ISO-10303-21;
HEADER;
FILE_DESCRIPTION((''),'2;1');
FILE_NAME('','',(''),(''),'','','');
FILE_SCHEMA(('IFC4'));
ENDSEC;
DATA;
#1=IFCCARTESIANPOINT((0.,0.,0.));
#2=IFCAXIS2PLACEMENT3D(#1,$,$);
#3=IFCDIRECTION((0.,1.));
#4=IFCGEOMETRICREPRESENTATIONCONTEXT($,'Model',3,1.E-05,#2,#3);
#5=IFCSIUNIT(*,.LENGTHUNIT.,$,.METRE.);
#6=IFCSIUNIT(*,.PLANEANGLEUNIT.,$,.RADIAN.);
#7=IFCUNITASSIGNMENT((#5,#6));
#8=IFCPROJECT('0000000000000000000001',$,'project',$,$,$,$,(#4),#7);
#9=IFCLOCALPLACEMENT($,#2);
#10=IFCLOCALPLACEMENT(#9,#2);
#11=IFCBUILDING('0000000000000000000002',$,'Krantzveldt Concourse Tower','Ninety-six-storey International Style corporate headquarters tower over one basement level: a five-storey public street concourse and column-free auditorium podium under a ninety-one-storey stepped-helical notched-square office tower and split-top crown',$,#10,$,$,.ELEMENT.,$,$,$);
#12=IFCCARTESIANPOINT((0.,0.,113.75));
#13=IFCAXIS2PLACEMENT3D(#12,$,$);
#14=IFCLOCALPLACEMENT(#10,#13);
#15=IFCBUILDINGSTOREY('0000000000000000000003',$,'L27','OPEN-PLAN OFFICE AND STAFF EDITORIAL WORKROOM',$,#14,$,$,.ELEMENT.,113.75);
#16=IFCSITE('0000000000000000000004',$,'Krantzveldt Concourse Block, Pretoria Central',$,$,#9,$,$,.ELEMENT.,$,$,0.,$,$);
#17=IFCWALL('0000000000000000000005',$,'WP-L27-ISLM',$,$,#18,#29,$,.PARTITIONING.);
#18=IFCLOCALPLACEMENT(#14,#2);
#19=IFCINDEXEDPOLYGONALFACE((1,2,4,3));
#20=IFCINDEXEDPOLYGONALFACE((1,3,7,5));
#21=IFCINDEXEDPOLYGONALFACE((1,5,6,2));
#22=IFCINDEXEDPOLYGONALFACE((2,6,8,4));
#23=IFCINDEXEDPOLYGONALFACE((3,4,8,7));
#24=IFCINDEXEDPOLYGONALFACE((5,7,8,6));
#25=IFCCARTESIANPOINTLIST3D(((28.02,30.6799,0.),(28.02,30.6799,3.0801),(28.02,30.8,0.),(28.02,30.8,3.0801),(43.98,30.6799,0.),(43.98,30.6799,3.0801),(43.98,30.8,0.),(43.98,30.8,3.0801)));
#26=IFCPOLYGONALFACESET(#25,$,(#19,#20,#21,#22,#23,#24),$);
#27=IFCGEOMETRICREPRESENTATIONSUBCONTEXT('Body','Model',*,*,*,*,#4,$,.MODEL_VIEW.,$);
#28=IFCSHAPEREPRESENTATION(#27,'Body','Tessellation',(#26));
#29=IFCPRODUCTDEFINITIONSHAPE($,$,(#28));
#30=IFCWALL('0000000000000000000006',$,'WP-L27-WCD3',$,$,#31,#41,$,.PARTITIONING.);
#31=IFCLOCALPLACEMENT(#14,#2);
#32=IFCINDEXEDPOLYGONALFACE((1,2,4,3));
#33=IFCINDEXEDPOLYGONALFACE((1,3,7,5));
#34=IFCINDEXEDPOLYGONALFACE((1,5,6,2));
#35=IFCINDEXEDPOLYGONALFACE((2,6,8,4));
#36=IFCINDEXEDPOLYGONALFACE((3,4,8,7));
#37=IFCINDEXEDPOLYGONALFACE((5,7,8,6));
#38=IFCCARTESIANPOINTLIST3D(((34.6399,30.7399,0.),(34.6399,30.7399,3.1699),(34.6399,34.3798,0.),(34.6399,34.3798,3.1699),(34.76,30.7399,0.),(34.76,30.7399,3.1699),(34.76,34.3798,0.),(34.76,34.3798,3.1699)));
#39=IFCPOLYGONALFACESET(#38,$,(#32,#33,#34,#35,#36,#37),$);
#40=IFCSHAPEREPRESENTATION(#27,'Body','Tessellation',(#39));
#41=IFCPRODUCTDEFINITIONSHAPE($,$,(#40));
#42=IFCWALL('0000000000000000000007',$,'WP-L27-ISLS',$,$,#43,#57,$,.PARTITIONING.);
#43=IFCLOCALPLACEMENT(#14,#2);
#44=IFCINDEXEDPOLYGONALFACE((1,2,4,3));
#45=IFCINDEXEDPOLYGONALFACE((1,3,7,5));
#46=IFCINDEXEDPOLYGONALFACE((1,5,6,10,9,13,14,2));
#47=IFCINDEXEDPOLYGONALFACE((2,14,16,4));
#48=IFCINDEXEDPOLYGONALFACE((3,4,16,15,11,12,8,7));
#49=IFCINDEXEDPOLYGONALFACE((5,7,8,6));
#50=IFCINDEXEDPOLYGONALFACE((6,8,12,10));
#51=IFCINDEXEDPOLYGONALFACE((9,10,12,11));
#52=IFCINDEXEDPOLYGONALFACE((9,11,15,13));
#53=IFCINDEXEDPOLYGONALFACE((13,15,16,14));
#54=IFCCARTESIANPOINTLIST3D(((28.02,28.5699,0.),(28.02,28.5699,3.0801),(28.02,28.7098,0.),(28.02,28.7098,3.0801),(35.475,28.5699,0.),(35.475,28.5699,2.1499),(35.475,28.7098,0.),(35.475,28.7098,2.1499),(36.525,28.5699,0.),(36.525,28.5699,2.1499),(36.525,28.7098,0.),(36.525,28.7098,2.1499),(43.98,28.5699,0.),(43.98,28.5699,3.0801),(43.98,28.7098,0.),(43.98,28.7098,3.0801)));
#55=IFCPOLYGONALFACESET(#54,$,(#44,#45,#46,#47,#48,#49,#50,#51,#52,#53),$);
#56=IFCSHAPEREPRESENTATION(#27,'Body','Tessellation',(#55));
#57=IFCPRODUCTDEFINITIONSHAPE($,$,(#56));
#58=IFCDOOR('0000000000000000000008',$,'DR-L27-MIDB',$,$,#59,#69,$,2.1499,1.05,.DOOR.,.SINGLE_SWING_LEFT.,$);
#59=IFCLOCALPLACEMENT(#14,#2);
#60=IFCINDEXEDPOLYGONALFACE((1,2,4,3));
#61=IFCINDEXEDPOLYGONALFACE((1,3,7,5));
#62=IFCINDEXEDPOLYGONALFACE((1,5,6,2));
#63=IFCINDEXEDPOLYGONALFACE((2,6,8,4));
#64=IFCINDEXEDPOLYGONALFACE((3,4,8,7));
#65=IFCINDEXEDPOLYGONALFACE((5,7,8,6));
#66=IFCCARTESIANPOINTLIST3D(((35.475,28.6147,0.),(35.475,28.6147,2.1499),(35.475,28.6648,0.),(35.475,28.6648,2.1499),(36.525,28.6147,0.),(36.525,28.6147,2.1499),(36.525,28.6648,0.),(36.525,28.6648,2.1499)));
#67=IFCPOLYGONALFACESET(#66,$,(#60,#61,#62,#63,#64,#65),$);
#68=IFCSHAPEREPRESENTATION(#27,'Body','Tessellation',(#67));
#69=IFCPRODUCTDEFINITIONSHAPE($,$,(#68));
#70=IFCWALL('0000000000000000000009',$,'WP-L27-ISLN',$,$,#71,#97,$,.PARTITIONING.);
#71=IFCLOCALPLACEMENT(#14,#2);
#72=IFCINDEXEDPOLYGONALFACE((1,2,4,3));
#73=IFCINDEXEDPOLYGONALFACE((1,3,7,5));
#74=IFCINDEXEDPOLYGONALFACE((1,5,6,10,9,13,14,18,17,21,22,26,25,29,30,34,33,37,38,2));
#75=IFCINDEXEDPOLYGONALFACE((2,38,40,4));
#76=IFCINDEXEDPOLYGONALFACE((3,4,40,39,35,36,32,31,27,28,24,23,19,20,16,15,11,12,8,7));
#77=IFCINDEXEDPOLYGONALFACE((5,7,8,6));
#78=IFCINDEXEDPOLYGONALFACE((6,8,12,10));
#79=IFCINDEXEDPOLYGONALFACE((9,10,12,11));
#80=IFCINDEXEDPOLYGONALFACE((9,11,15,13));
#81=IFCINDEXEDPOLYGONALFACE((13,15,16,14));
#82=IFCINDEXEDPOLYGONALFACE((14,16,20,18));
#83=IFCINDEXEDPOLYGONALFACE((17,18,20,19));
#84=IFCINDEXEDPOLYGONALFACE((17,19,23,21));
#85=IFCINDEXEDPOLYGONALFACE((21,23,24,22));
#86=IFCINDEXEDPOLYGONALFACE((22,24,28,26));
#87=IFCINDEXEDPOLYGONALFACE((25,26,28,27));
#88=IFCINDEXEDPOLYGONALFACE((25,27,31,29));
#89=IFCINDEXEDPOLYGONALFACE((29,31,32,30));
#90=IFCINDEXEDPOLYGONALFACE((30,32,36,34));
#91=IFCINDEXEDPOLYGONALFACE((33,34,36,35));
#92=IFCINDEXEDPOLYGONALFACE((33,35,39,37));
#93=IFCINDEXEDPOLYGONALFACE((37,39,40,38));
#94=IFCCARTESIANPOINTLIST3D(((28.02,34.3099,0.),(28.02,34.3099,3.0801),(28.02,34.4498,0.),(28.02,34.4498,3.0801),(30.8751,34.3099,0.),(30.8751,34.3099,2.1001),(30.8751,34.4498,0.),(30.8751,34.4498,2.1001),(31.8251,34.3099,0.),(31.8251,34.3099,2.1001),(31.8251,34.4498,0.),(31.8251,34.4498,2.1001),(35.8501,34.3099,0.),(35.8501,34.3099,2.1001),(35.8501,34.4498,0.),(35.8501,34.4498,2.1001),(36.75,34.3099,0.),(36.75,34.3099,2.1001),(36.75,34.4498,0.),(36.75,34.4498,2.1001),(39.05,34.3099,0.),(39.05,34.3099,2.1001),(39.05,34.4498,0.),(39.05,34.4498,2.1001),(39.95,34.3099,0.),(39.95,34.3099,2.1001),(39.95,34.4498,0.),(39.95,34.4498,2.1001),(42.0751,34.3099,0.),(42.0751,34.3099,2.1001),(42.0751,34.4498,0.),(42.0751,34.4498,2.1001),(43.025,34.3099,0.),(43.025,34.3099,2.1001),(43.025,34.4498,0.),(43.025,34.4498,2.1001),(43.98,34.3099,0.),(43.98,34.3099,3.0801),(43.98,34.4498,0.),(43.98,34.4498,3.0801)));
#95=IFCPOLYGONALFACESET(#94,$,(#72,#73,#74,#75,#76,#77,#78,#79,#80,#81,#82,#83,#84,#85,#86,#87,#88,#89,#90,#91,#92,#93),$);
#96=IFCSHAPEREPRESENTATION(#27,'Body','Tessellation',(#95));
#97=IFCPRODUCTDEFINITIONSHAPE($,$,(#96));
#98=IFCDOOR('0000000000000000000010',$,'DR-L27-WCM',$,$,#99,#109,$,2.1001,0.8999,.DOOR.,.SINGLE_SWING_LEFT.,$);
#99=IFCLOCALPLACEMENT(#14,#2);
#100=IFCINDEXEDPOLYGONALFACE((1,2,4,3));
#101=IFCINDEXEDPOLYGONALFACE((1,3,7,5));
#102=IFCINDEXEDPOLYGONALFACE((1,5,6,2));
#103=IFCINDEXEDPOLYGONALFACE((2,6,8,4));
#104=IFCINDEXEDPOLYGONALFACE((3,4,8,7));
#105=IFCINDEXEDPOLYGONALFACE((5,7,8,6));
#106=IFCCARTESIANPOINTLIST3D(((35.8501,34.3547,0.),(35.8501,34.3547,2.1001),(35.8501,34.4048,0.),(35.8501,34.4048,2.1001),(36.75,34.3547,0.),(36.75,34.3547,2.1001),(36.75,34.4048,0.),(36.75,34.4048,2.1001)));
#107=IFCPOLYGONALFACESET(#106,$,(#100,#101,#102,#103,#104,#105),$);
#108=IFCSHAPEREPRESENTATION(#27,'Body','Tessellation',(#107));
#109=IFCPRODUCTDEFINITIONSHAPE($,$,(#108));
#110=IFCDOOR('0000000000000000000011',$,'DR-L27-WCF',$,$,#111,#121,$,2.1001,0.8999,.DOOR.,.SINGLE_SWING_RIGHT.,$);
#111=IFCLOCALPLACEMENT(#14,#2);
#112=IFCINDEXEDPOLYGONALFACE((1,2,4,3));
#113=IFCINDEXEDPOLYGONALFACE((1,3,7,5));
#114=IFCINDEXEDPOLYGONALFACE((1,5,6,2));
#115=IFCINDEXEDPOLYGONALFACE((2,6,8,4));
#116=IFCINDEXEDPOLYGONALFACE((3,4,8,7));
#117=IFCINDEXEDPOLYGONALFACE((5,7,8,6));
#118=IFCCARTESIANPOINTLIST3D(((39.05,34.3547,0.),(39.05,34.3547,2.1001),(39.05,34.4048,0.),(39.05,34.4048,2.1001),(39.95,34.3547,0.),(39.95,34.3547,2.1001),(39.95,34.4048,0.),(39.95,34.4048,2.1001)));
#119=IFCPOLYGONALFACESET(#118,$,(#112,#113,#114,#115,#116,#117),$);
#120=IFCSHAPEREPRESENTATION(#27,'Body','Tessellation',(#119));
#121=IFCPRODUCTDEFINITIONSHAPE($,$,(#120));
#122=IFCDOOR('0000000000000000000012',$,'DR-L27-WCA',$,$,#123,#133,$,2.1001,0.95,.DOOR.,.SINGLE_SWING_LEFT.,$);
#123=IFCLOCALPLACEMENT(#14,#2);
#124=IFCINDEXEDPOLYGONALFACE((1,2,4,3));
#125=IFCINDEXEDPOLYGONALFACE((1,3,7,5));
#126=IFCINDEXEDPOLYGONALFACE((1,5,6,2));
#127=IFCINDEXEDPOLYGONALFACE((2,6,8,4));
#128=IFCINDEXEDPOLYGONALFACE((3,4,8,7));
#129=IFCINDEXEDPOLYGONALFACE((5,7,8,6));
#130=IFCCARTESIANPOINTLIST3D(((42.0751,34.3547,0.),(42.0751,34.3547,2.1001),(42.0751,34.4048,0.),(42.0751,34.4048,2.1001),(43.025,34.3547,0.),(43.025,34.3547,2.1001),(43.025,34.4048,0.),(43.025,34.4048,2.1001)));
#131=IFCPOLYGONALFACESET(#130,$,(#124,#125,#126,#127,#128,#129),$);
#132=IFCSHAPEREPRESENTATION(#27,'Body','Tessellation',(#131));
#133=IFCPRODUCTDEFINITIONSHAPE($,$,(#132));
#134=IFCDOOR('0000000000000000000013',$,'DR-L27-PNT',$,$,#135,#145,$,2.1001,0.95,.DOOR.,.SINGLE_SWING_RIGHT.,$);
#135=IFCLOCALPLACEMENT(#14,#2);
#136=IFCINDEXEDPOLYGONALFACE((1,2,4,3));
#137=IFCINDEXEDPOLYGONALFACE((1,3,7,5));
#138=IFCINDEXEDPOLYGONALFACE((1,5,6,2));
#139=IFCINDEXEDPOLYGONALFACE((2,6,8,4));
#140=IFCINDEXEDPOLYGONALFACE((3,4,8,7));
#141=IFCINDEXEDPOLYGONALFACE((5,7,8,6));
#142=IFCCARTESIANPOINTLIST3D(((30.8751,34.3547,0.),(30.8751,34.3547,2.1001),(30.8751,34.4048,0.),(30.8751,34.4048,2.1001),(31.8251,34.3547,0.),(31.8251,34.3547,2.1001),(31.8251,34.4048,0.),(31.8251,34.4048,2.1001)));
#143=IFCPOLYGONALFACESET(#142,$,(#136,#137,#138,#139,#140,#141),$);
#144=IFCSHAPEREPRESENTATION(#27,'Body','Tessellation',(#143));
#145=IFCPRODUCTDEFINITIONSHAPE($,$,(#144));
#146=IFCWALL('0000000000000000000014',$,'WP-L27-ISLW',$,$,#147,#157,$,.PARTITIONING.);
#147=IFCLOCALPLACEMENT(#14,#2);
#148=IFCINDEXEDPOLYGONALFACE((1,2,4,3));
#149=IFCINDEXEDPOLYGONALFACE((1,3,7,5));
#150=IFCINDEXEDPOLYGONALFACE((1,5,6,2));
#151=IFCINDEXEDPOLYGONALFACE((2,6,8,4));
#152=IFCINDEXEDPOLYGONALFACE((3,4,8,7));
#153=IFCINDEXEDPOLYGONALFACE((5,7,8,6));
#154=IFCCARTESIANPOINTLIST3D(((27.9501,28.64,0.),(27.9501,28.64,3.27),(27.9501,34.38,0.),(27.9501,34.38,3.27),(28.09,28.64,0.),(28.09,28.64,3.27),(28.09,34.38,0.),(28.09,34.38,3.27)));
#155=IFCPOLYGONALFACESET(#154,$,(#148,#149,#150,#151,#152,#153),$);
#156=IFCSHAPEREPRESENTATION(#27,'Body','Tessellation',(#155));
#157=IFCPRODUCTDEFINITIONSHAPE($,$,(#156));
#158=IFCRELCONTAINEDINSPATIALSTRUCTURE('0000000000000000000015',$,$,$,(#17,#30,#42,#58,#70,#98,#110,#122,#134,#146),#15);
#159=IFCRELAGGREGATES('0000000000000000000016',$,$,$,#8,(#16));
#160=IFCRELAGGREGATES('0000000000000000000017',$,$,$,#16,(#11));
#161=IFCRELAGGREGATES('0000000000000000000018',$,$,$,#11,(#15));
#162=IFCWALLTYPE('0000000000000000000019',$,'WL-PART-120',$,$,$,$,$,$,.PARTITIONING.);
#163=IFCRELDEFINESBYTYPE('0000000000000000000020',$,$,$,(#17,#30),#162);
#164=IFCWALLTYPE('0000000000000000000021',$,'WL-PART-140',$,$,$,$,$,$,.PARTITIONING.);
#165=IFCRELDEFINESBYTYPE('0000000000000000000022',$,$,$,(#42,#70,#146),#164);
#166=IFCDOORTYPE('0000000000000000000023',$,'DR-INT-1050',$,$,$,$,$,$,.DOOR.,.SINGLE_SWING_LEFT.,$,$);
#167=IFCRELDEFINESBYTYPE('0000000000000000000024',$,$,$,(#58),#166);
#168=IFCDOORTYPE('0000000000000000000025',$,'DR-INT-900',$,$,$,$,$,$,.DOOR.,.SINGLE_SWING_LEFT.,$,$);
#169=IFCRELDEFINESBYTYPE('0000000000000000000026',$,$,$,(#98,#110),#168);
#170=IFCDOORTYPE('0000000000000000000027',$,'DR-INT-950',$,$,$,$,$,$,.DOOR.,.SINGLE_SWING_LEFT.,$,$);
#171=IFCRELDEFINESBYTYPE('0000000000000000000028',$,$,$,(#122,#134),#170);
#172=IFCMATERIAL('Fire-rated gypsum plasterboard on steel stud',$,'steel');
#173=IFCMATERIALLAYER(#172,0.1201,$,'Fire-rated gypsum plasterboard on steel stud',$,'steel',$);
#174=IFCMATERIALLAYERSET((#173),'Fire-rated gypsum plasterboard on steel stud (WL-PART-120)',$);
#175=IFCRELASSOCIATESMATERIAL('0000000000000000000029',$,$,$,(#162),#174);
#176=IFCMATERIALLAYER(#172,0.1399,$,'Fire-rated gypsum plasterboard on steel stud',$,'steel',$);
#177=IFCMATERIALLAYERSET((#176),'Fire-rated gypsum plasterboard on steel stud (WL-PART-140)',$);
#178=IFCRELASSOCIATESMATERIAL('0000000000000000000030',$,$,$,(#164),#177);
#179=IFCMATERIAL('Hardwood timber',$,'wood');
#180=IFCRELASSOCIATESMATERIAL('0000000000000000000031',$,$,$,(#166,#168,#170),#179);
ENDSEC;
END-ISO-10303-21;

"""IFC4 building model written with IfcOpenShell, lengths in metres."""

from ifc_helpers import new_model, si_unit, direction, frame, frame_2d, origin, place, context, subcontext, project, spatial, rectangle, extrude, material, layer, layer_set, type_object, element, fill, save


model = new_model("IFC4")

# Units and contexts
model_context = context("Model", 3, precision=1e-05, world=origin(), true_north=direction((0.0, 1.0)))
body_context = subcontext(model_context, "Body", "Model", "MODEL_VIEW")
ifc_project = project(units=[si_unit("LENGTHUNIT", "METRE"), si_unit("PLANEANGLEUNIT", "RADIAN")], contexts=[model_context])

# Site, building, storey
site_placement = place(None, origin())
site = spatial("IfcSite", under=ifc_project, at=site_placement, Name="Krantzveldt Concourse Block, Pretoria Central", CompositionType="ELEMENT", RefElevation=0.0)
building_placement = place(site_placement, origin())
building = spatial("IfcBuilding", under=site, at=building_placement, Name="Krantzveldt Concourse Tower", Description="Ninety-six-storey International Style corporate headquarters tower over one basement level: a five-storey public street concourse and column-free auditorium podium under a ninety-one-storey stepped-helical notched-square office tower and split-top crown", CompositionType="ELEMENT")
storey_placement = place(building_placement, frame((0.0, 0.0, 113.75)))
storey = spatial("IfcBuildingStorey", under=building, at=storey_placement, Name="L27", Description="OPEN-PLAN OFFICE AND STAFF EDITORIAL WORKROOM", CompositionType="ELEMENT", Elevation=113.75)

# Walls
ifc_material_1 = material(Name="Fire-rated gypsum plasterboard on steel stud", Category="steel")
ifc_layer_1 = layer(ifc_material_1, 0.1201, Name="Fire-rated gypsum plasterboard on steel stud", Category="steel")
ifc_layer_set_1 = layer_set([ifc_layer_1], Name="Fire-rated gypsum plasterboard on steel stud (WL-PART-120)")
wall_type_1 = type_object("IfcWallType", Name="WL-PART-120", PredefinedType="PARTITIONING", material=ifc_layer_set_1)
wall_1_placement = place(storey_placement, frame((28.02, 30.74, 0.0), z_axis=(0.0, 0.0, 1.0), x_axis=(1.0, 0.0, 0.0)))
element("IfcWall", 1, at=wall_1_placement, inside=storey, type_object=wall_type_1, Name="WP-L27-ISLM", PredefinedType="PARTITIONING", context=body_context, shape_type="SweptSolid", body=[
    extrude(rectangle(XDim=15.96, YDim=0.1201, at=frame_2d((7.98, 0.0))), origin(), (0.0, 0.0, 1.0), 3.0801),
])
wall_2_placement = place(storey_placement, frame((34.7, 30.74, 0.0), z_axis=(0.0, 0.0, 1.0), x_axis=(0.0, 1.0, 0.0)))
element("IfcWall", 2, at=wall_2_placement, inside=storey, type_object=wall_type_1, Name="WP-L27-WCD3", PredefinedType="PARTITIONING", context=body_context, shape_type="SweptSolid", body=[
    extrude(rectangle(XDim=3.6399, YDim=0.1201, at=frame_2d((1.8198, 0.0))), origin(), (0.0, 0.0, 1.0), 3.1699),
])

# Wall, opening, door
ifc_layer_2 = layer(ifc_material_1, 0.1399, Name="Fire-rated gypsum plasterboard on steel stud", Category="steel")
ifc_layer_set_2 = layer_set([ifc_layer_2], Name="Fire-rated gypsum plasterboard on steel stud (WL-PART-140)")
wall_type_2 = type_object("IfcWallType", Name="WL-PART-140", PredefinedType="PARTITIONING", material=ifc_layer_set_2)
wall_3_placement = place(storey_placement, frame((28.02, 28.6399, 0.0), z_axis=(0.0, 0.0, 1.0), x_axis=(1.0, 0.0, 0.0)))
wall_3 = element("IfcWall", 3, at=wall_3_placement, inside=storey, type_object=wall_type_2, Name="WP-L27-ISLS", PredefinedType="PARTITIONING", context=body_context, shape_type="SweptSolid", body=[
    extrude(rectangle(XDim=15.96, YDim=0.1399, at=frame_2d((7.98, 0.0))), origin(), (0.0, 0.0, 1.0), 3.0801),
])
opening_1_placement = place(wall_3_placement, frame((7.4551, 0.0, 0.0)))
opening_1 = element("IfcOpeningElement", 4, at=opening_1_placement, cuts=wall_3, PredefinedType="OPENING", context=body_context, shape_type="SweptSolid", body=[
    extrude(rectangle(XDim=1.05, YDim=2.1499, at=frame_2d((0.5249, 1.075))), frame((0.0, 0.0801, 0.0), z_axis=(0.0, -1.0, 0.0), x_axis=(1.0, 0.0, 0.0)), (0.0, 0.0, 1.0), 0.1599),
])
ifc_material_2 = material(Name="Hardwood timber", Category="wood")
door_type_1 = type_object("IfcDoorType", Name="DR-INT-1050", OperationType="SINGLE_SWING_LEFT", PredefinedType="DOOR", material=ifc_material_2)
door_1_placement = place(opening_1_placement, origin())
door_1 = element("IfcDoor", 5, at=door_1_placement, inside=storey, type_object=door_type_1, Name="DR-L27-MIDB", OperationType="SINGLE_SWING_LEFT", OverallHeight=2.1499, OverallWidth=1.05, PredefinedType="DOOR", context=body_context, shape_type="SweptSolid", body=[
    extrude(rectangle(XDim=1.05, YDim=2.1499, at=frame_2d((0.5249, 1.075))), frame((0.0, 0.0249, 0.0), z_axis=(0.0, -1.0, 0.0), x_axis=(1.0, 0.0, 0.0)), (0.0, 0.0, 1.0), 0.05),
])
fill(opening_1, door_1)

# Wall, openings, doors
wall_4_placement = place(storey_placement, frame((28.02, 34.3799, 0.0), z_axis=(0.0, 0.0, 1.0), x_axis=(1.0, 0.0, 0.0)))
wall_4 = element("IfcWall", 6, at=wall_4_placement, inside=storey, type_object=wall_type_2, Name="WP-L27-ISLN", PredefinedType="PARTITIONING", context=body_context, shape_type="SweptSolid", body=[
    extrude(rectangle(XDim=15.96, YDim=0.1399, at=frame_2d((7.98, 0.0))), origin(), (0.0, 0.0, 1.0), 3.0801),
])
opening_2_placement = place(wall_4_placement, frame((7.8301, 0.0, 0.0)))
opening_2 = element("IfcOpeningElement", 7, at=opening_2_placement, cuts=wall_4, PredefinedType="OPENING", context=body_context, shape_type="SweptSolid", body=[
    extrude(rectangle(XDim=0.8999, YDim=2.1001, at=frame_2d((0.45, 1.05))), frame((0.0, 0.0801, 0.0), z_axis=(0.0, -1.0, 0.0), x_axis=(1.0, 0.0, 0.0)), (0.0, 0.0, 1.0), 0.1599),
])
opening_3_placement = place(wall_4_placement, frame((11.03, 0.0, 0.0)))
opening_3 = element("IfcOpeningElement", 8, at=opening_3_placement, cuts=wall_4, PredefinedType="OPENING", context=body_context, shape_type="SweptSolid", body=[
    extrude(rectangle(XDim=0.8999, YDim=2.1001, at=frame_2d((0.45, 1.05))), frame((0.0, 0.0801, 0.0), z_axis=(0.0, -1.0, 0.0), x_axis=(1.0, 0.0, 0.0)), (0.0, 0.0, 1.0), 0.1599),
])
opening_4_placement = place(wall_4_placement, frame((14.0549, 0.0, 0.0)))
opening_4 = element("IfcOpeningElement", 9, at=opening_4_placement, cuts=wall_4, PredefinedType="OPENING", context=body_context, shape_type="SweptSolid", body=[
    extrude(rectangle(XDim=0.95, YDim=2.1001, at=frame_2d((0.4751, 1.05))), frame((0.0, 0.0801, 0.0), z_axis=(0.0, -1.0, 0.0), x_axis=(1.0, 0.0, 0.0)), (0.0, 0.0, 1.0), 0.1599),
])
opening_5_placement = place(wall_4_placement, frame((2.855, 0.0, 0.0)))
opening_5 = element("IfcOpeningElement", 10, at=opening_5_placement, cuts=wall_4, PredefinedType="OPENING", context=body_context, shape_type="SweptSolid", body=[
    extrude(rectangle(XDim=0.95, YDim=2.1001, at=frame_2d((0.4751, 1.05))), frame((0.0, 0.0801, 0.0), z_axis=(0.0, -1.0, 0.0), x_axis=(1.0, 0.0, 0.0)), (0.0, 0.0, 1.0), 0.1599),
])
door_type_2 = type_object("IfcDoorType", Name="DR-INT-900", OperationType="SINGLE_SWING_LEFT", PredefinedType="DOOR", material=ifc_material_2)
door_2_placement = place(opening_2_placement, origin())
door_2 = element("IfcDoor", 11, at=door_2_placement, inside=storey, type_object=door_type_2, Name="DR-L27-WCM", OperationType="SINGLE_SWING_LEFT", OverallHeight=2.1001, OverallWidth=0.8999, PredefinedType="DOOR", context=body_context, shape_type="SweptSolid", body=[
    extrude(rectangle(XDim=0.8999, YDim=2.1001, at=frame_2d((0.45, 1.05))), frame((0.0, 0.0249, 0.0), z_axis=(0.0, -1.0, 0.0), x_axis=(1.0, 0.0, 0.0)), (0.0, 0.0, 1.0), 0.05),
])
fill(opening_2, door_2)
door_3_placement = place(opening_3_placement, origin())
door_3 = element("IfcDoor", 12, at=door_3_placement, inside=storey, type_object=door_type_2, Name="DR-L27-WCF", OperationType="SINGLE_SWING_RIGHT", OverallHeight=2.1001, OverallWidth=0.8999, PredefinedType="DOOR", context=body_context, shape_type="SweptSolid", body=[
    extrude(rectangle(XDim=0.8999, YDim=2.1001, at=frame_2d((0.45, 1.05))), frame((0.0, 0.0249, 0.0), z_axis=(0.0, -1.0, 0.0), x_axis=(1.0, 0.0, 0.0)), (0.0, 0.0, 1.0), 0.05),
])
fill(opening_3, door_3)
door_type_3 = type_object("IfcDoorType", Name="DR-INT-950", OperationType="SINGLE_SWING_LEFT", PredefinedType="DOOR", material=ifc_material_2)
door_4_placement = place(opening_4_placement, origin())
door_4 = element("IfcDoor", 13, at=door_4_placement, inside=storey, type_object=door_type_3, Name="DR-L27-WCA", OperationType="SINGLE_SWING_LEFT", OverallHeight=2.1001, OverallWidth=0.95, PredefinedType="DOOR", context=body_context, shape_type="SweptSolid", body=[
    extrude(rectangle(XDim=0.95, YDim=2.1001, at=frame_2d((0.4751, 1.05))), frame((0.0, 0.0249, 0.0), z_axis=(0.0, -1.0, 0.0), x_axis=(1.0, 0.0, 0.0)), (0.0, 0.0, 1.0), 0.05),
])
fill(opening_4, door_4)
door_5_placement = place(opening_5_placement, origin())
door_5 = element("IfcDoor", 14, at=door_5_placement, inside=storey, type_object=door_type_3, Name="DR-L27-PNT", OperationType="SINGLE_SWING_RIGHT", OverallHeight=2.1001, OverallWidth=0.95, PredefinedType="DOOR", context=body_context, shape_type="SweptSolid", body=[
    extrude(rectangle(XDim=0.95, YDim=2.1001, at=frame_2d((0.4751, 1.05))), frame((0.0, 0.0249, 0.0), z_axis=(0.0, -1.0, 0.0), x_axis=(1.0, 0.0, 0.0)), (0.0, 0.0, 1.0), 0.05),
])
fill(opening_5, door_5)

# Wall
wall_5_placement = place(storey_placement, frame((28.02, 28.6399, 0.0), z_axis=(0.0, 0.0, 1.0), x_axis=(0.0, 1.0, 0.0)))
element("IfcWall", 15, at=wall_5_placement, inside=storey, type_object=wall_type_2, Name="WP-L27-ISLW", PredefinedType="PARTITIONING", context=body_context, shape_type="SweptSolid", body=[
    extrude(rectangle(XDim=5.74, YDim=0.1399, at=frame_2d((2.8701, 0.0))), origin(), (0.0, 0.0, 1.0), 3.27),
])

save(model, "model.ifc")
